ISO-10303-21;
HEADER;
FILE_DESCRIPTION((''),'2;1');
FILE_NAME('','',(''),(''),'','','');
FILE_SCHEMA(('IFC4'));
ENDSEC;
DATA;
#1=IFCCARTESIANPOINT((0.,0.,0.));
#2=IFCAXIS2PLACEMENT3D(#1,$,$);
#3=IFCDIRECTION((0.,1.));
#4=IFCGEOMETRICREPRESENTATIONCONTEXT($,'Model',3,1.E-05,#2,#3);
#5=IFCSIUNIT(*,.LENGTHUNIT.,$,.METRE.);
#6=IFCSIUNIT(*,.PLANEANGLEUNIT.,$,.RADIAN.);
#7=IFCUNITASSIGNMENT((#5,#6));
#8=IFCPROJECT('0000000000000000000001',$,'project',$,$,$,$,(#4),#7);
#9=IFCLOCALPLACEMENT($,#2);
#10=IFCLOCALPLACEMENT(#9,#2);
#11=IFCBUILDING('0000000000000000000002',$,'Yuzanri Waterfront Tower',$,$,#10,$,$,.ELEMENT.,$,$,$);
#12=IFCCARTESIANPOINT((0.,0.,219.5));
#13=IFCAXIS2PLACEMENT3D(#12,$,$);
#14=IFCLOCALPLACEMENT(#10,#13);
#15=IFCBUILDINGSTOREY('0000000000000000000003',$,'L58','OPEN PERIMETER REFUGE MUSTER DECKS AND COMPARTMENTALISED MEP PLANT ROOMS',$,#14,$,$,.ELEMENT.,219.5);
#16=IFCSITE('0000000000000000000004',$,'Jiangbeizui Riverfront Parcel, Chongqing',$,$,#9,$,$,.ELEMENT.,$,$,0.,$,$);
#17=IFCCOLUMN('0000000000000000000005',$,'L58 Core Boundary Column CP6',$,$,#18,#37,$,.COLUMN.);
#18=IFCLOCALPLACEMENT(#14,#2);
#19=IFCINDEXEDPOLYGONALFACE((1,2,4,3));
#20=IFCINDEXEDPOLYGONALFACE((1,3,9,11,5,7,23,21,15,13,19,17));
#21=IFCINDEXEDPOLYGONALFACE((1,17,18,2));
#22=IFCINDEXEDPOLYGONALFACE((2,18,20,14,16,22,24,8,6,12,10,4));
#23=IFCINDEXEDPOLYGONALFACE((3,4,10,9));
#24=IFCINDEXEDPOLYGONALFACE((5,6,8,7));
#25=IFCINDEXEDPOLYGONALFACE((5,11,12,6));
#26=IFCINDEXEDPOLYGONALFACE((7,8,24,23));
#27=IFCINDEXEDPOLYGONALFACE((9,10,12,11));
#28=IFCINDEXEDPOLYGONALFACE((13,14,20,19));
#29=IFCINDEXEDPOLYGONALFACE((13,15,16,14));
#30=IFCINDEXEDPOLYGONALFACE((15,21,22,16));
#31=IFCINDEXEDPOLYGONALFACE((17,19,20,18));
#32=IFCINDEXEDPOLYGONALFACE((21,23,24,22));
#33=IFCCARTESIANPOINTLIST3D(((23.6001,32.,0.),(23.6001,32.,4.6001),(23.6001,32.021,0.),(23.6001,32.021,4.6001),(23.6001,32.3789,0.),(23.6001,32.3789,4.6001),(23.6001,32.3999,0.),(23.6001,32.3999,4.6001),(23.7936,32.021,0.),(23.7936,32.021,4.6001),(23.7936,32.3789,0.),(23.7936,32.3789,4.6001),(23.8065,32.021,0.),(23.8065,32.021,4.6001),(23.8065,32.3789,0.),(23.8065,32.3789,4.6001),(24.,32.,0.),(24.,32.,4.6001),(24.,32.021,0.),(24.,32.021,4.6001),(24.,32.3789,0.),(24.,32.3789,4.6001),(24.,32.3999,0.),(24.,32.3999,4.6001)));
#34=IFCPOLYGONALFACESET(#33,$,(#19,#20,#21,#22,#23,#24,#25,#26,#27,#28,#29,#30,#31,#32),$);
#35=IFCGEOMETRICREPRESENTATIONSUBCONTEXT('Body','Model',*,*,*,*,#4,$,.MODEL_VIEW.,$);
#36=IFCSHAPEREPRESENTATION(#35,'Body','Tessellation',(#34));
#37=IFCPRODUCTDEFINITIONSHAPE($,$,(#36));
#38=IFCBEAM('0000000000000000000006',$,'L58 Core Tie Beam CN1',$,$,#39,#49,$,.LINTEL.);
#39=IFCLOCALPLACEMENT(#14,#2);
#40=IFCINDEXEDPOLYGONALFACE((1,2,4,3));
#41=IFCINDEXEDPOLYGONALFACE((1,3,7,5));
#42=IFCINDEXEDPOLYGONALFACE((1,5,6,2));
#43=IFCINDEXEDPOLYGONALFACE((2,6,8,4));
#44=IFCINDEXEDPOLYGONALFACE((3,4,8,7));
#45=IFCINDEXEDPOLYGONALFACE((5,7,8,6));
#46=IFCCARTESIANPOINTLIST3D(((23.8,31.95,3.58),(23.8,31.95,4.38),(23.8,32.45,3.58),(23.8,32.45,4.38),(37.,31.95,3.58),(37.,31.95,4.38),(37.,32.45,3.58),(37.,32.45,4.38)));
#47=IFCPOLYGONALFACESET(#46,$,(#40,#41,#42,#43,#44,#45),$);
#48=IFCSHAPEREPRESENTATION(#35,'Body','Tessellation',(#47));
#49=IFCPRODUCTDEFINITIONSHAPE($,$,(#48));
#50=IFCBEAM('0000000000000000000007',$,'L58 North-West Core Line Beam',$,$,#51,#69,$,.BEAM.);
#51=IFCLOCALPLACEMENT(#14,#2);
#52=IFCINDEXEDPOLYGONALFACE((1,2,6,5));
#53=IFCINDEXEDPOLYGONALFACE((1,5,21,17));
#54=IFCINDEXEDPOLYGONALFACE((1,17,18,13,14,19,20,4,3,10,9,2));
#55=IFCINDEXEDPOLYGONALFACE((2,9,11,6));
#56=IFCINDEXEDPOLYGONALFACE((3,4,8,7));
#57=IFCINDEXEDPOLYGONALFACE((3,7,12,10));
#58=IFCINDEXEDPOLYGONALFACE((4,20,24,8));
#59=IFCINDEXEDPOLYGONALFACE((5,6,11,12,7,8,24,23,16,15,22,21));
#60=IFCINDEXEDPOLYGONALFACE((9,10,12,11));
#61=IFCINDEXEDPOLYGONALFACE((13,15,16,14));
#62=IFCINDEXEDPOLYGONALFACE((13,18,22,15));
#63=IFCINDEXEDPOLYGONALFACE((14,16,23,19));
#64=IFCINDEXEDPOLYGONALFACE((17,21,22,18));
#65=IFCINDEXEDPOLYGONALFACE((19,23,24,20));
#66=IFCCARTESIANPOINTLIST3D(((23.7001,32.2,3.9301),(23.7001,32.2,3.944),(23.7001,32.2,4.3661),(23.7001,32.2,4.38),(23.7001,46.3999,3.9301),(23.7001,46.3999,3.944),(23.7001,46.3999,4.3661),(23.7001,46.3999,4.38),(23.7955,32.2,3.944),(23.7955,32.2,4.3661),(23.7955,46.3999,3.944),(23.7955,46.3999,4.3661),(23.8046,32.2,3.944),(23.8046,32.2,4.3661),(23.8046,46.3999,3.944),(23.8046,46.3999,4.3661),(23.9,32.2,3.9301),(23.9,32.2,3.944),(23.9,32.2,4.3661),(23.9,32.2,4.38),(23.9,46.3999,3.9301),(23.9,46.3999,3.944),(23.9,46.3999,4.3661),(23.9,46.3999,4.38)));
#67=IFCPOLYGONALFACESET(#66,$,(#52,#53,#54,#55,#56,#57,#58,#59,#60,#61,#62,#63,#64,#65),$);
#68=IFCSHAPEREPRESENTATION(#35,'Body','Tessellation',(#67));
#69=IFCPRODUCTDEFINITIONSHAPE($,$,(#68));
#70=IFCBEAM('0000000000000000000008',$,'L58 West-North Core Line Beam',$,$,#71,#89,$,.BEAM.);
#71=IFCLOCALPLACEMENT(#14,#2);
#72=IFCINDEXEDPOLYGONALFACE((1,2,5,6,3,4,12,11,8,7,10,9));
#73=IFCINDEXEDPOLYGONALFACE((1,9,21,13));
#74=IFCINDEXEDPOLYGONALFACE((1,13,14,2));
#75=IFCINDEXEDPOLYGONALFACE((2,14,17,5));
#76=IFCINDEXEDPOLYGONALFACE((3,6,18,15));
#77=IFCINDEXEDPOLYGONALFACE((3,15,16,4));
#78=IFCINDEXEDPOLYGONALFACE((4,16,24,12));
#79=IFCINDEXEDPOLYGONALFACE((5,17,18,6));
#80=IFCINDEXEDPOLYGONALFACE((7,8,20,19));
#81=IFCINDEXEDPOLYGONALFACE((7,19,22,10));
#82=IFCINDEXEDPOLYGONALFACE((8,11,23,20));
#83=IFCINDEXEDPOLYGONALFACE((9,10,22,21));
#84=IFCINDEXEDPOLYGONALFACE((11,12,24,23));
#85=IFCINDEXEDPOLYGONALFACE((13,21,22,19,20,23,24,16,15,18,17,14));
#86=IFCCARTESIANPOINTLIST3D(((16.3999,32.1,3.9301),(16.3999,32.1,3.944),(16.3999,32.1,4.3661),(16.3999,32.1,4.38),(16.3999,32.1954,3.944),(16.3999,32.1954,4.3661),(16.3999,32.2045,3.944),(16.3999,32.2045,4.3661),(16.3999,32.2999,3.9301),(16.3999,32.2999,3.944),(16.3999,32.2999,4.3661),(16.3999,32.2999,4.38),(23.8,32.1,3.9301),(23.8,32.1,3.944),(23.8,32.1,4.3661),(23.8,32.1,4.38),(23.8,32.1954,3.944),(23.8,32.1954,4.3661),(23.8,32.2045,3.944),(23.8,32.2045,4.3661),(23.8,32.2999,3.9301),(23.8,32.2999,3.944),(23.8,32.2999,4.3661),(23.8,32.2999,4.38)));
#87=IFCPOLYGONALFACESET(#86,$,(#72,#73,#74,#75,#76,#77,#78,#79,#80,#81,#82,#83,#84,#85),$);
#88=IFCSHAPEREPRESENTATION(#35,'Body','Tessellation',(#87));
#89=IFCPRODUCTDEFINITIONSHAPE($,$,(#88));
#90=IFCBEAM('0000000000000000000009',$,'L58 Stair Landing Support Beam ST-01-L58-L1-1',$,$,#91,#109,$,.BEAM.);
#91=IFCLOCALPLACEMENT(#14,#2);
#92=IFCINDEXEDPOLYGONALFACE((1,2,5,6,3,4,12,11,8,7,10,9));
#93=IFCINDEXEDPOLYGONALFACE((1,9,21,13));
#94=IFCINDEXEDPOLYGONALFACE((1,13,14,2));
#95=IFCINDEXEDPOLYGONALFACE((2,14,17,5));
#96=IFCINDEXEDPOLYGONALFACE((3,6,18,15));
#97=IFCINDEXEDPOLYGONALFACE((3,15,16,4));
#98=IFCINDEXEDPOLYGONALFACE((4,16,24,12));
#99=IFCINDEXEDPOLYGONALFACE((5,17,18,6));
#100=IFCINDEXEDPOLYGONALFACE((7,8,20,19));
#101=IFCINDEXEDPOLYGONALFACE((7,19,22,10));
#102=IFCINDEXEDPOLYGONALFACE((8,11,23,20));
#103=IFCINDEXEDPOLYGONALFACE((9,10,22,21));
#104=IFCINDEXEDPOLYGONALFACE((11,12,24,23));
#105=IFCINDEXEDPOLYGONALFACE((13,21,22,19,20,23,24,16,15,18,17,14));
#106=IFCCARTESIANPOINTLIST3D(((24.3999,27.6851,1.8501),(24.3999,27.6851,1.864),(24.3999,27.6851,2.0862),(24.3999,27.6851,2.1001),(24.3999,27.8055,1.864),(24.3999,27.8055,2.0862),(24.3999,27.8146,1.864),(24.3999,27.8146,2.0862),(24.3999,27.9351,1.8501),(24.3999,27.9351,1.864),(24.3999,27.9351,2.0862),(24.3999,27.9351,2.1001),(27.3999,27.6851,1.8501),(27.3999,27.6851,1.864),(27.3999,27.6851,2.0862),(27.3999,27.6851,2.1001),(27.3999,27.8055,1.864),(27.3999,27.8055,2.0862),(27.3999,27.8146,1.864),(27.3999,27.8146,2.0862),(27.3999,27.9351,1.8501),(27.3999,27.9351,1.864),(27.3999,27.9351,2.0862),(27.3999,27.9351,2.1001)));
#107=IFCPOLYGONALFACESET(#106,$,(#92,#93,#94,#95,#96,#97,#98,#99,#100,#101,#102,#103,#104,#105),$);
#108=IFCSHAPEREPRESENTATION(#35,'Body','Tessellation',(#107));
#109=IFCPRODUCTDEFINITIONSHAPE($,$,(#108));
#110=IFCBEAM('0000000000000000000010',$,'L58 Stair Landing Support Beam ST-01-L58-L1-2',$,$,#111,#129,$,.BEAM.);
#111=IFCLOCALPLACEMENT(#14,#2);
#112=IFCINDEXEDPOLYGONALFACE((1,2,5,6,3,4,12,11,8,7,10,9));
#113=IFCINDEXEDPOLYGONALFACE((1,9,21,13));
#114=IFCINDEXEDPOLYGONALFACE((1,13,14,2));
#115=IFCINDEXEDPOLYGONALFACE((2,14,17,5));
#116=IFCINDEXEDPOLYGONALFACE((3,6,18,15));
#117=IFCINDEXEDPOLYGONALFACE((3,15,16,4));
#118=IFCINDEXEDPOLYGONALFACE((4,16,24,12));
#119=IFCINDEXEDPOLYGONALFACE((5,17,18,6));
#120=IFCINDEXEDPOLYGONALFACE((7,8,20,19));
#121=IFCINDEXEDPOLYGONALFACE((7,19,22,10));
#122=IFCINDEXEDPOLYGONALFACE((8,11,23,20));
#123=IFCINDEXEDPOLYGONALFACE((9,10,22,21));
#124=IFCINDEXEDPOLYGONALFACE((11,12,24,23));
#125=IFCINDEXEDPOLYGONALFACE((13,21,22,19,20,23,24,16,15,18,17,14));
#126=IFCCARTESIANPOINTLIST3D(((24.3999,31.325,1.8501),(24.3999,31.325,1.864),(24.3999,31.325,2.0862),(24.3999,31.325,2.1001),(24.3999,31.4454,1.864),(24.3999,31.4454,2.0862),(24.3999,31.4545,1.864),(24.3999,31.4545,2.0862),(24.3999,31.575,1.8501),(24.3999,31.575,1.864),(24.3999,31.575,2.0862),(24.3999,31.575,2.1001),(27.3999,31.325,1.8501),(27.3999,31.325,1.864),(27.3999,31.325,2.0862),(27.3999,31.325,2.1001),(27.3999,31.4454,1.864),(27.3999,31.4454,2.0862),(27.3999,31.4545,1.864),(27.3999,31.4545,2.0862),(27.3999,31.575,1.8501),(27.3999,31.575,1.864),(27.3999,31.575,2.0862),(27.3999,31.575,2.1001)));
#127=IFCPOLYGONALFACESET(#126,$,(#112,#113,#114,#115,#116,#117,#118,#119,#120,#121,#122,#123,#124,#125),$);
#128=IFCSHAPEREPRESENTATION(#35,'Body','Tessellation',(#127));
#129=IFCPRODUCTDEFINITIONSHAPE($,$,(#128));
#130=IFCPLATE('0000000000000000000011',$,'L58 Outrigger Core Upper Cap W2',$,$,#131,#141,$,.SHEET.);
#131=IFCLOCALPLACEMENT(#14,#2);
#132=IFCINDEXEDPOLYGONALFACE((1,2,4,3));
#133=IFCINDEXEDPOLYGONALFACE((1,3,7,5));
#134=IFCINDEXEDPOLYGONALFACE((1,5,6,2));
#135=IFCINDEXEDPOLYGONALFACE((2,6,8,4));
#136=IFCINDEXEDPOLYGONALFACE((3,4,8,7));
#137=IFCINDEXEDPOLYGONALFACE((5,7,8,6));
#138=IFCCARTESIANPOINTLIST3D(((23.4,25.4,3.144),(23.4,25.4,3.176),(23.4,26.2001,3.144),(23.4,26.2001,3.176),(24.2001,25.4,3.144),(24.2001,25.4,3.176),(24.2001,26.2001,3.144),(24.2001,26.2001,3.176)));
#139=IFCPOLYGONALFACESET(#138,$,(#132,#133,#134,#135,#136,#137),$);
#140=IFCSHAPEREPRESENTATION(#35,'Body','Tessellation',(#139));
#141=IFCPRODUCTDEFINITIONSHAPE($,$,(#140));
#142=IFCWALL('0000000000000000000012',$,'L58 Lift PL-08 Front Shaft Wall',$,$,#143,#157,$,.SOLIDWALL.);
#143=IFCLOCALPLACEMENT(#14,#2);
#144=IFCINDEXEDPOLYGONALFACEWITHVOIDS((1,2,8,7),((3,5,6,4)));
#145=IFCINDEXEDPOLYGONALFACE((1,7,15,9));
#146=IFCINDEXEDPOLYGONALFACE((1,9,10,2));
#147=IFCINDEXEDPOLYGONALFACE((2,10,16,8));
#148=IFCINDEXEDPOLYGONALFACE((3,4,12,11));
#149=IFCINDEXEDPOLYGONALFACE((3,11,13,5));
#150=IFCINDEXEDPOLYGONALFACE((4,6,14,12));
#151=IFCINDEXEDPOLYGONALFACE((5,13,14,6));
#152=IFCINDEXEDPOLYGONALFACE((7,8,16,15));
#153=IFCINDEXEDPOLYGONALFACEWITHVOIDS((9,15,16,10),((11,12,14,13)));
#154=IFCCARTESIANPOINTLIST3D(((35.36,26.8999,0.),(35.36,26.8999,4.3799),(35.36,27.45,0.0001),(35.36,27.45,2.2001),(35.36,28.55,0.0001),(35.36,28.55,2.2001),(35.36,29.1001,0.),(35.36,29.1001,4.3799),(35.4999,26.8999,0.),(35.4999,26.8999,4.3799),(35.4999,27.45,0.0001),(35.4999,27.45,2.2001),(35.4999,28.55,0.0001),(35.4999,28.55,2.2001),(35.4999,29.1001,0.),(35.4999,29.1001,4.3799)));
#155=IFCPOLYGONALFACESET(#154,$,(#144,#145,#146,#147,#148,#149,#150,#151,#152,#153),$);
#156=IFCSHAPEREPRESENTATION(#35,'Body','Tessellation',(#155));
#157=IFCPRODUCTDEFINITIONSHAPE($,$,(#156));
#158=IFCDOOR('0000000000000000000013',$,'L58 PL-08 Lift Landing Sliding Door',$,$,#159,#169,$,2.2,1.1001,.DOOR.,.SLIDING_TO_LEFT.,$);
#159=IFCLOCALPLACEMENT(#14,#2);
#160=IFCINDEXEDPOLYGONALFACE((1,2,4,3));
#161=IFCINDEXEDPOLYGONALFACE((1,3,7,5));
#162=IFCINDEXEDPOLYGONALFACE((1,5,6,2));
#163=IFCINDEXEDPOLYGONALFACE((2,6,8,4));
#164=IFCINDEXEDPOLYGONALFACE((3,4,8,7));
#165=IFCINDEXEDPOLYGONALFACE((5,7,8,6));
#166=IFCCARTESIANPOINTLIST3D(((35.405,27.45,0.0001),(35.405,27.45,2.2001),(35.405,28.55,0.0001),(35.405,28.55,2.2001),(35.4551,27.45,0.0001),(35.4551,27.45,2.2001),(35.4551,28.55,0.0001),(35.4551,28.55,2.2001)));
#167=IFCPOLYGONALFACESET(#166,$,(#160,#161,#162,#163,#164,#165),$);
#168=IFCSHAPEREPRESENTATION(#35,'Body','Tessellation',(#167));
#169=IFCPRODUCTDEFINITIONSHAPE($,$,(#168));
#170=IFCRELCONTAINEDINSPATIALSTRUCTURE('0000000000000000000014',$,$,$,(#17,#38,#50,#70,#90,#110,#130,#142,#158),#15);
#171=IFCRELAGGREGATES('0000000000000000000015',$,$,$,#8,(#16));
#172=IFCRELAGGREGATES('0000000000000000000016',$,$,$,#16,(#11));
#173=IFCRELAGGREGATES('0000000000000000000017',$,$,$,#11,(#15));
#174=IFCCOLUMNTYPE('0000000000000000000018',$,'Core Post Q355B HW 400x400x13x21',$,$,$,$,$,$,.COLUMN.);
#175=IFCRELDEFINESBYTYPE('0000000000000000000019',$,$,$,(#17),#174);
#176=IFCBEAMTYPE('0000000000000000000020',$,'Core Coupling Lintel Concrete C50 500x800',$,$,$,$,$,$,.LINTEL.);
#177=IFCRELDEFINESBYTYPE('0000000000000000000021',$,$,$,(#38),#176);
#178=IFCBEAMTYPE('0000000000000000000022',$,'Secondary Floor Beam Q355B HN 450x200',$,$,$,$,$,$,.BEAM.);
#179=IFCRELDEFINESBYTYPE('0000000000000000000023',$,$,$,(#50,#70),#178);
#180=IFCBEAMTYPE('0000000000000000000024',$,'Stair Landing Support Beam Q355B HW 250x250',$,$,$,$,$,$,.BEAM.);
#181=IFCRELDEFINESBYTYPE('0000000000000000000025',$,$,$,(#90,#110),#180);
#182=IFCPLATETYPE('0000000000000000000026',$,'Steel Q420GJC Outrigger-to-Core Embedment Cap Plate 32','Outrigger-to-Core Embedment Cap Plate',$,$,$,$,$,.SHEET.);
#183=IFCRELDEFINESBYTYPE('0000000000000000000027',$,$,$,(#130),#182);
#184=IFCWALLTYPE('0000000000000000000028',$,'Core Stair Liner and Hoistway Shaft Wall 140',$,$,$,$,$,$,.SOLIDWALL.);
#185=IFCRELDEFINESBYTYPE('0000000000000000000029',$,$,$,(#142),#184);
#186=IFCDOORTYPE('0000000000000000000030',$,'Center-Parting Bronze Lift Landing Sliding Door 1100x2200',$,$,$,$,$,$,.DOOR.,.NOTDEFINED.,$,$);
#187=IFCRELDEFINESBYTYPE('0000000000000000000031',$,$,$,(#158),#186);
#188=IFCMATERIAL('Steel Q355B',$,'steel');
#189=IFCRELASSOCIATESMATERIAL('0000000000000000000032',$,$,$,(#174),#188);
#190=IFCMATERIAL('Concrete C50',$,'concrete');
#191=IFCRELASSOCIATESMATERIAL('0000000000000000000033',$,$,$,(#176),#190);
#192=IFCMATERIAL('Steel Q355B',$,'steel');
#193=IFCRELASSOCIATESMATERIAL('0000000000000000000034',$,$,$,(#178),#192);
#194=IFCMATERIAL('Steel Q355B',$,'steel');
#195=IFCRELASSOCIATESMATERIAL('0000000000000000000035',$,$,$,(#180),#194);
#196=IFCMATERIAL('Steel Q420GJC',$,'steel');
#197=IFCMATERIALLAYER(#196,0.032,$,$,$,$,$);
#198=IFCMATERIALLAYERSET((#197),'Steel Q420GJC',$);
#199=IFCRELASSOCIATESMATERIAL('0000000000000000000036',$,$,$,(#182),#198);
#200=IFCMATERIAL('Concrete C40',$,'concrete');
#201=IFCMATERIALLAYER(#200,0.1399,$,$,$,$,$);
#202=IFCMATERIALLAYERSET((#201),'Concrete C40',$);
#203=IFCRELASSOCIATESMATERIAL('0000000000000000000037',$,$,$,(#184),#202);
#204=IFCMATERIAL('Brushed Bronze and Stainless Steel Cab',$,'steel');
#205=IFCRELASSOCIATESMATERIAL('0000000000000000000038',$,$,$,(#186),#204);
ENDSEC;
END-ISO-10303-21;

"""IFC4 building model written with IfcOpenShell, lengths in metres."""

from ifc_helpers import new_model, si_unit, direction, frame, frame_2d, origin, origin_2d, place, context, subcontext, project, spatial, rectangle, i_section, extrude, source, transform, mapped, material, layer, layer_set, material_profile, profile_set, type_object, element, fill, save


model = new_model("IFC4")

# Units and contexts
model_context = context("Model", 3, precision=1e-05, world=origin(), true_north=direction((0.0, 1.0)))
body_context = subcontext(model_context, "Body", "Model", "MODEL_VIEW")
ifc_project = project(units=[si_unit("LENGTHUNIT", "METRE"), si_unit("PLANEANGLEUNIT", "RADIAN")], contexts=[model_context])

# Site, building, storey
site_placement = place(None, origin())
site = spatial("IfcSite", under=ifc_project, at=site_placement, Name="Jiangbeizui Riverfront Parcel, Chongqing", CompositionType="ELEMENT", RefElevation=0.0)
building_placement = place(site_placement, origin())
building = spatial("IfcBuilding", under=site, at=building_placement, Name="Yuzanri Waterfront Tower", CompositionType="ELEMENT")
storey_placement = place(building_placement, frame((0.0, 0.0, 219.5)))
storey = spatial("IfcBuildingStorey", under=building, at=storey_placement, Name="L58", Description="OPEN PERIMETER REFUGE MUSTER DECKS AND COMPARTMENTALISED MEP PLANT ROOMS", CompositionType="ELEMENT", Elevation=219.5)

# Column
ifc_material_1 = material(Name="Steel Q355B", Category="steel")
ifc_material_profile_1 = material_profile(ifc_material_1, i_section(OverallWidth=0.3999, OverallDepth=0.3999, WebThickness=0.0129, FlangeThickness=0.021, at=origin_2d()), Name="HW 400x400x13x21")
ifc_profile_set_1 = profile_set([ifc_material_profile_1], Name="Steel Q355B")
column_type = type_object("IfcColumnType", Name="Core Post Q355B HW 400x400x13x21", PredefinedType="COLUMN", material=ifc_profile_set_1)
shared_shape_1 = source(origin(), body_context, "Body", "SweptSolid", [
    extrude(i_section(OverallWidth=0.3999, OverallDepth=0.3999, WebThickness=0.0129, FlangeThickness=0.021, at=origin_2d()), origin(), (0.0, 0.0, 1.0), 4.6001),
])
column_placement = place(storey_placement, frame((23.8, 32.2, 0.0), z_axis=(0.0, 0.0, 1.0), x_axis=(1.0, 0.0, 0.0)))
element("IfcColumn", 1, at=column_placement, inside=storey, type_object=column_type, Name="L58 Core Boundary Column CP6", PredefinedType="COLUMN", context=body_context, shape_type="MappedRepresentation", body=[
    mapped(shared_shape_1, transform((0.0, 0.0, 0.0), scale=1.0)),
])

# Beams
ifc_material_2 = material(Name="Concrete C50", Category="concrete")
ifc_material_profile_2 = material_profile(ifc_material_2, rectangle(XDim=0.5, YDim=0.8, at=origin_2d()), Name="RC 500x800")
ifc_profile_set_2 = profile_set([ifc_material_profile_2], Name="Concrete C50")
beam_type_1 = type_object("IfcBeamType", Name="Core Coupling Lintel Concrete C50 500x800", PredefinedType="LINTEL", material=ifc_profile_set_2)
shared_shape_2 = source(origin(), body_context, "Body", "SweptSolid", [
    extrude(rectangle(XDim=0.5, YDim=0.8, at=origin_2d()), origin(), (0.0, 0.0, 1.0), 13.2),
])
beam_1_placement = place(storey_placement, frame((23.8, 32.2, 3.98), z_axis=(1.0, 0.0, 0.0), x_axis=(0.0, 1.0, 0.0)))
element("IfcBeam", 2, at=beam_1_placement, inside=storey, type_object=beam_type_1, Name="L58 Core Tie Beam CN1", PredefinedType="LINTEL", context=body_context, shape_type="MappedRepresentation", body=[
    mapped(shared_shape_2, transform((0.0, 0.0, 0.0), scale=1.0)),
])
ifc_material_3 = material(Name="Steel Q355B", Category="steel")
ifc_material_profile_3 = material_profile(ifc_material_3, i_section(OverallWidth=0.2, OverallDepth=0.45, WebThickness=0.009, FlangeThickness=0.0139, at=origin_2d()), Name="HN 450x200x9x14")
ifc_profile_set_3 = profile_set([ifc_material_profile_3], Name="Steel Q355B")
beam_type_2 = type_object("IfcBeamType", Name="Secondary Floor Beam Q355B HN 450x200", PredefinedType="BEAM", material=ifc_profile_set_3)
shared_shape_3 = source(origin(), body_context, "Body", "SweptSolid", [
    extrude(i_section(OverallWidth=0.2, OverallDepth=0.45, WebThickness=0.009, FlangeThickness=0.0139, at=origin_2d()), origin(), (0.0, 0.0, 1.0), 14.2),
])
beam_2_placement = place(storey_placement, frame((23.8, 32.2, 4.155), z_axis=(0.0, 1.0, 0.0), x_axis=(-1.0, 0.0, 0.0)))
element("IfcBeam", 3, at=beam_2_placement, inside=storey, type_object=beam_type_2, Name="L58 North-West Core Line Beam", PredefinedType="BEAM", context=body_context, shape_type="MappedRepresentation", body=[
    mapped(shared_shape_3, transform((0.0, 0.0, 0.0), scale=1.0)),
])
shared_shape_4 = source(origin(), body_context, "Body", "SweptSolid", [
    extrude(i_section(OverallWidth=0.2, OverallDepth=0.45, WebThickness=0.009, FlangeThickness=0.0139, at=origin_2d()), origin(), (0.0, 0.0, 1.0), 7.4001),
])
beam_3_placement = place(storey_placement, frame((23.8, 32.2, 4.155), z_axis=(-1.0, 0.0, 0.0), x_axis=(0.0, -1.0, 0.0)))
element("IfcBeam", 4, at=beam_3_placement, inside=storey, type_object=beam_type_2, Name="L58 West-North Core Line Beam", PredefinedType="BEAM", context=body_context, shape_type="MappedRepresentation", body=[
    mapped(shared_shape_4, transform((0.0, 0.0, 0.0), scale=1.0)),
])
ifc_material_4 = material(Name="Steel Q355B", Category="steel")
ifc_material_profile_4 = material_profile(ifc_material_4, i_section(OverallWidth=0.25, OverallDepth=0.25, WebThickness=0.009, FlangeThickness=0.0139, at=origin_2d()), Name="HW 250x250x9x14")
ifc_profile_set_4 = profile_set([ifc_material_profile_4], Name="Steel Q355B")
beam_type_3 = type_object("IfcBeamType", Name="Stair Landing Support Beam Q355B HW 250x250", PredefinedType="BEAM", material=ifc_profile_set_4)
shared_shape_5 = source(origin(), body_context, "Body", "SweptSolid", [
    extrude(i_section(OverallWidth=0.25, OverallDepth=0.25, WebThickness=0.009, FlangeThickness=0.0139, at=origin_2d()), origin(), (0.0, 0.0, 1.0), 3.0),
])
for number, where, z_axis, x_axis, name in (
    (5, (24.3999, 27.8101, 1.9751), (1.0, 0.0, 0.0), (0.0, 1.0, 0.0), "L58 Stair Landing Support Beam ST-01-L58-L1-1"),
    (6, (24.3999, 31.45, 1.9751), (1.0, 0.0, 0.0), (0.0, 1.0, 0.0), "L58 Stair Landing Support Beam ST-01-L58-L1-2"),
):
    element("IfcBeam", number, at=place(storey_placement, frame(where, z_axis=z_axis, x_axis=x_axis)), inside=storey, type_object=beam_type_3, Name=name, PredefinedType="BEAM", context=body_context, shape_type="MappedRepresentation", body=[
        mapped(shared_shape_5, transform((0.0, 0.0, 0.0), scale=1.0)),
    ])

# Plate
ifc_material_5 = material(Name="Steel Q420GJC", Category="steel")
ifc_layer_1 = layer(ifc_material_5, 0.032)
ifc_layer_set_1 = layer_set([ifc_layer_1], Name="Steel Q420GJC")
plate_type = type_object("IfcPlateType", Name="Steel Q420GJC Outrigger-to-Core Embedment Cap Plate 32", Description="Outrigger-to-Core Embedment Cap Plate", PredefinedType="SHEET", material=ifc_layer_set_1)
shared_shape_6 = source(origin(), body_context, "Body", "SweptSolid", [
    extrude(rectangle(XDim=0.8, YDim=0.8, at=origin_2d()), origin(), (0.0, 0.0, 1.0), 0.032),
])
plate_placement = place(storey_placement, frame((23.8, 25.8, 3.144), z_axis=(0.0, 0.0, 1.0), x_axis=(1.0, 0.0, 0.0)))
element("IfcPlate", 7, at=plate_placement, inside=storey, type_object=plate_type, Name="L58 Outrigger Core Upper Cap W2", PredefinedType="SHEET", context=body_context, shape_type="MappedRepresentation", body=[
    mapped(shared_shape_6, transform((0.0, 0.0, 0.0), scale=1.0)),
])

# Wall, opening, door
ifc_material_6 = material(Name="Concrete C40", Category="concrete")
ifc_layer_2 = layer(ifc_material_6, 0.1399)
ifc_layer_set_2 = layer_set([ifc_layer_2], Name="Concrete C40")
wall_type_1 = type_object("IfcWallType", Name="Core Stair Liner and Hoistway Shaft Wall 140", PredefinedType="SOLIDWALL", material=ifc_layer_set_2)
wall_1_placement = place(storey_placement, frame((35.4299, 26.8999, 0.0), z_axis=(0.0, 0.0, 1.0), x_axis=(0.0, 1.0, 0.0)))
wall_1 = element("IfcWall", 8, at=wall_1_placement, inside=storey, type_object=wall_type_1, Name="L58 Lift PL-08 Front Shaft Wall", PredefinedType="SOLIDWALL", context=body_context, shape_type="SweptSolid", body=[
    extrude(rectangle(XDim=2.2002, YDim=0.1399, at=frame_2d((1.1001, 0.0))), origin(), (0.0, 0.0, 1.0), 4.3799),
])
opening_1_placement = place(wall_1_placement, frame((0.55, 0.0, 0.0)))
opening_1 = element("IfcOpeningElement", 9, at=opening_1_placement, cuts=wall_1, PredefinedType="OPENING", context=body_context, shape_type="SweptSolid", body=[
    extrude(rectangle(XDim=1.1001, YDim=2.2, at=frame_2d((0.55, 1.1001))), frame((0.0, 0.085, 0.0), z_axis=(0.0, -1.0, 0.0), x_axis=(1.0, 0.0, 0.0)), (0.0, 0.0, 1.0), 0.1697),
])
ifc_material_7 = material(Name="Brushed Bronze and Stainless Steel Cab", Category="steel")
door_type_1 = type_object("IfcDoorType", Name="Center-Parting Bronze Lift Landing Sliding Door 1100x2200", OperationType="NOTDEFINED", PredefinedType="DOOR", material=ifc_material_7)
shared_shape_7 = source(origin(), body_context, "Body", "SweptSolid", [
    extrude(rectangle(XDim=1.1001, YDim=2.2, at=frame_2d((0.55, 1.1001))), frame((0.0, 0.0249, 0.0), z_axis=(0.0, -1.0, 0.0), x_axis=(1.0, 0.0, 0.0)), (0.0, 0.0, 1.0), 0.05),
])
door_1_placement = place(opening_1_placement, origin())
door_1 = element("IfcDoor", 10, at=door_1_placement, inside=storey, type_object=door_type_1, Name="L58 PL-08 Lift Landing Sliding Door", OperationType="SLIDING_TO_LEFT", OverallHeight=2.2, OverallWidth=1.1001, PredefinedType="DOOR", context=body_context, shape_type="MappedRepresentation", body=[
    mapped(shared_shape_7, transform((0.0, 0.0, 0.0), scale=1.0)),
])
fill(opening_1, door_1)

save(model, "model.ifc")
